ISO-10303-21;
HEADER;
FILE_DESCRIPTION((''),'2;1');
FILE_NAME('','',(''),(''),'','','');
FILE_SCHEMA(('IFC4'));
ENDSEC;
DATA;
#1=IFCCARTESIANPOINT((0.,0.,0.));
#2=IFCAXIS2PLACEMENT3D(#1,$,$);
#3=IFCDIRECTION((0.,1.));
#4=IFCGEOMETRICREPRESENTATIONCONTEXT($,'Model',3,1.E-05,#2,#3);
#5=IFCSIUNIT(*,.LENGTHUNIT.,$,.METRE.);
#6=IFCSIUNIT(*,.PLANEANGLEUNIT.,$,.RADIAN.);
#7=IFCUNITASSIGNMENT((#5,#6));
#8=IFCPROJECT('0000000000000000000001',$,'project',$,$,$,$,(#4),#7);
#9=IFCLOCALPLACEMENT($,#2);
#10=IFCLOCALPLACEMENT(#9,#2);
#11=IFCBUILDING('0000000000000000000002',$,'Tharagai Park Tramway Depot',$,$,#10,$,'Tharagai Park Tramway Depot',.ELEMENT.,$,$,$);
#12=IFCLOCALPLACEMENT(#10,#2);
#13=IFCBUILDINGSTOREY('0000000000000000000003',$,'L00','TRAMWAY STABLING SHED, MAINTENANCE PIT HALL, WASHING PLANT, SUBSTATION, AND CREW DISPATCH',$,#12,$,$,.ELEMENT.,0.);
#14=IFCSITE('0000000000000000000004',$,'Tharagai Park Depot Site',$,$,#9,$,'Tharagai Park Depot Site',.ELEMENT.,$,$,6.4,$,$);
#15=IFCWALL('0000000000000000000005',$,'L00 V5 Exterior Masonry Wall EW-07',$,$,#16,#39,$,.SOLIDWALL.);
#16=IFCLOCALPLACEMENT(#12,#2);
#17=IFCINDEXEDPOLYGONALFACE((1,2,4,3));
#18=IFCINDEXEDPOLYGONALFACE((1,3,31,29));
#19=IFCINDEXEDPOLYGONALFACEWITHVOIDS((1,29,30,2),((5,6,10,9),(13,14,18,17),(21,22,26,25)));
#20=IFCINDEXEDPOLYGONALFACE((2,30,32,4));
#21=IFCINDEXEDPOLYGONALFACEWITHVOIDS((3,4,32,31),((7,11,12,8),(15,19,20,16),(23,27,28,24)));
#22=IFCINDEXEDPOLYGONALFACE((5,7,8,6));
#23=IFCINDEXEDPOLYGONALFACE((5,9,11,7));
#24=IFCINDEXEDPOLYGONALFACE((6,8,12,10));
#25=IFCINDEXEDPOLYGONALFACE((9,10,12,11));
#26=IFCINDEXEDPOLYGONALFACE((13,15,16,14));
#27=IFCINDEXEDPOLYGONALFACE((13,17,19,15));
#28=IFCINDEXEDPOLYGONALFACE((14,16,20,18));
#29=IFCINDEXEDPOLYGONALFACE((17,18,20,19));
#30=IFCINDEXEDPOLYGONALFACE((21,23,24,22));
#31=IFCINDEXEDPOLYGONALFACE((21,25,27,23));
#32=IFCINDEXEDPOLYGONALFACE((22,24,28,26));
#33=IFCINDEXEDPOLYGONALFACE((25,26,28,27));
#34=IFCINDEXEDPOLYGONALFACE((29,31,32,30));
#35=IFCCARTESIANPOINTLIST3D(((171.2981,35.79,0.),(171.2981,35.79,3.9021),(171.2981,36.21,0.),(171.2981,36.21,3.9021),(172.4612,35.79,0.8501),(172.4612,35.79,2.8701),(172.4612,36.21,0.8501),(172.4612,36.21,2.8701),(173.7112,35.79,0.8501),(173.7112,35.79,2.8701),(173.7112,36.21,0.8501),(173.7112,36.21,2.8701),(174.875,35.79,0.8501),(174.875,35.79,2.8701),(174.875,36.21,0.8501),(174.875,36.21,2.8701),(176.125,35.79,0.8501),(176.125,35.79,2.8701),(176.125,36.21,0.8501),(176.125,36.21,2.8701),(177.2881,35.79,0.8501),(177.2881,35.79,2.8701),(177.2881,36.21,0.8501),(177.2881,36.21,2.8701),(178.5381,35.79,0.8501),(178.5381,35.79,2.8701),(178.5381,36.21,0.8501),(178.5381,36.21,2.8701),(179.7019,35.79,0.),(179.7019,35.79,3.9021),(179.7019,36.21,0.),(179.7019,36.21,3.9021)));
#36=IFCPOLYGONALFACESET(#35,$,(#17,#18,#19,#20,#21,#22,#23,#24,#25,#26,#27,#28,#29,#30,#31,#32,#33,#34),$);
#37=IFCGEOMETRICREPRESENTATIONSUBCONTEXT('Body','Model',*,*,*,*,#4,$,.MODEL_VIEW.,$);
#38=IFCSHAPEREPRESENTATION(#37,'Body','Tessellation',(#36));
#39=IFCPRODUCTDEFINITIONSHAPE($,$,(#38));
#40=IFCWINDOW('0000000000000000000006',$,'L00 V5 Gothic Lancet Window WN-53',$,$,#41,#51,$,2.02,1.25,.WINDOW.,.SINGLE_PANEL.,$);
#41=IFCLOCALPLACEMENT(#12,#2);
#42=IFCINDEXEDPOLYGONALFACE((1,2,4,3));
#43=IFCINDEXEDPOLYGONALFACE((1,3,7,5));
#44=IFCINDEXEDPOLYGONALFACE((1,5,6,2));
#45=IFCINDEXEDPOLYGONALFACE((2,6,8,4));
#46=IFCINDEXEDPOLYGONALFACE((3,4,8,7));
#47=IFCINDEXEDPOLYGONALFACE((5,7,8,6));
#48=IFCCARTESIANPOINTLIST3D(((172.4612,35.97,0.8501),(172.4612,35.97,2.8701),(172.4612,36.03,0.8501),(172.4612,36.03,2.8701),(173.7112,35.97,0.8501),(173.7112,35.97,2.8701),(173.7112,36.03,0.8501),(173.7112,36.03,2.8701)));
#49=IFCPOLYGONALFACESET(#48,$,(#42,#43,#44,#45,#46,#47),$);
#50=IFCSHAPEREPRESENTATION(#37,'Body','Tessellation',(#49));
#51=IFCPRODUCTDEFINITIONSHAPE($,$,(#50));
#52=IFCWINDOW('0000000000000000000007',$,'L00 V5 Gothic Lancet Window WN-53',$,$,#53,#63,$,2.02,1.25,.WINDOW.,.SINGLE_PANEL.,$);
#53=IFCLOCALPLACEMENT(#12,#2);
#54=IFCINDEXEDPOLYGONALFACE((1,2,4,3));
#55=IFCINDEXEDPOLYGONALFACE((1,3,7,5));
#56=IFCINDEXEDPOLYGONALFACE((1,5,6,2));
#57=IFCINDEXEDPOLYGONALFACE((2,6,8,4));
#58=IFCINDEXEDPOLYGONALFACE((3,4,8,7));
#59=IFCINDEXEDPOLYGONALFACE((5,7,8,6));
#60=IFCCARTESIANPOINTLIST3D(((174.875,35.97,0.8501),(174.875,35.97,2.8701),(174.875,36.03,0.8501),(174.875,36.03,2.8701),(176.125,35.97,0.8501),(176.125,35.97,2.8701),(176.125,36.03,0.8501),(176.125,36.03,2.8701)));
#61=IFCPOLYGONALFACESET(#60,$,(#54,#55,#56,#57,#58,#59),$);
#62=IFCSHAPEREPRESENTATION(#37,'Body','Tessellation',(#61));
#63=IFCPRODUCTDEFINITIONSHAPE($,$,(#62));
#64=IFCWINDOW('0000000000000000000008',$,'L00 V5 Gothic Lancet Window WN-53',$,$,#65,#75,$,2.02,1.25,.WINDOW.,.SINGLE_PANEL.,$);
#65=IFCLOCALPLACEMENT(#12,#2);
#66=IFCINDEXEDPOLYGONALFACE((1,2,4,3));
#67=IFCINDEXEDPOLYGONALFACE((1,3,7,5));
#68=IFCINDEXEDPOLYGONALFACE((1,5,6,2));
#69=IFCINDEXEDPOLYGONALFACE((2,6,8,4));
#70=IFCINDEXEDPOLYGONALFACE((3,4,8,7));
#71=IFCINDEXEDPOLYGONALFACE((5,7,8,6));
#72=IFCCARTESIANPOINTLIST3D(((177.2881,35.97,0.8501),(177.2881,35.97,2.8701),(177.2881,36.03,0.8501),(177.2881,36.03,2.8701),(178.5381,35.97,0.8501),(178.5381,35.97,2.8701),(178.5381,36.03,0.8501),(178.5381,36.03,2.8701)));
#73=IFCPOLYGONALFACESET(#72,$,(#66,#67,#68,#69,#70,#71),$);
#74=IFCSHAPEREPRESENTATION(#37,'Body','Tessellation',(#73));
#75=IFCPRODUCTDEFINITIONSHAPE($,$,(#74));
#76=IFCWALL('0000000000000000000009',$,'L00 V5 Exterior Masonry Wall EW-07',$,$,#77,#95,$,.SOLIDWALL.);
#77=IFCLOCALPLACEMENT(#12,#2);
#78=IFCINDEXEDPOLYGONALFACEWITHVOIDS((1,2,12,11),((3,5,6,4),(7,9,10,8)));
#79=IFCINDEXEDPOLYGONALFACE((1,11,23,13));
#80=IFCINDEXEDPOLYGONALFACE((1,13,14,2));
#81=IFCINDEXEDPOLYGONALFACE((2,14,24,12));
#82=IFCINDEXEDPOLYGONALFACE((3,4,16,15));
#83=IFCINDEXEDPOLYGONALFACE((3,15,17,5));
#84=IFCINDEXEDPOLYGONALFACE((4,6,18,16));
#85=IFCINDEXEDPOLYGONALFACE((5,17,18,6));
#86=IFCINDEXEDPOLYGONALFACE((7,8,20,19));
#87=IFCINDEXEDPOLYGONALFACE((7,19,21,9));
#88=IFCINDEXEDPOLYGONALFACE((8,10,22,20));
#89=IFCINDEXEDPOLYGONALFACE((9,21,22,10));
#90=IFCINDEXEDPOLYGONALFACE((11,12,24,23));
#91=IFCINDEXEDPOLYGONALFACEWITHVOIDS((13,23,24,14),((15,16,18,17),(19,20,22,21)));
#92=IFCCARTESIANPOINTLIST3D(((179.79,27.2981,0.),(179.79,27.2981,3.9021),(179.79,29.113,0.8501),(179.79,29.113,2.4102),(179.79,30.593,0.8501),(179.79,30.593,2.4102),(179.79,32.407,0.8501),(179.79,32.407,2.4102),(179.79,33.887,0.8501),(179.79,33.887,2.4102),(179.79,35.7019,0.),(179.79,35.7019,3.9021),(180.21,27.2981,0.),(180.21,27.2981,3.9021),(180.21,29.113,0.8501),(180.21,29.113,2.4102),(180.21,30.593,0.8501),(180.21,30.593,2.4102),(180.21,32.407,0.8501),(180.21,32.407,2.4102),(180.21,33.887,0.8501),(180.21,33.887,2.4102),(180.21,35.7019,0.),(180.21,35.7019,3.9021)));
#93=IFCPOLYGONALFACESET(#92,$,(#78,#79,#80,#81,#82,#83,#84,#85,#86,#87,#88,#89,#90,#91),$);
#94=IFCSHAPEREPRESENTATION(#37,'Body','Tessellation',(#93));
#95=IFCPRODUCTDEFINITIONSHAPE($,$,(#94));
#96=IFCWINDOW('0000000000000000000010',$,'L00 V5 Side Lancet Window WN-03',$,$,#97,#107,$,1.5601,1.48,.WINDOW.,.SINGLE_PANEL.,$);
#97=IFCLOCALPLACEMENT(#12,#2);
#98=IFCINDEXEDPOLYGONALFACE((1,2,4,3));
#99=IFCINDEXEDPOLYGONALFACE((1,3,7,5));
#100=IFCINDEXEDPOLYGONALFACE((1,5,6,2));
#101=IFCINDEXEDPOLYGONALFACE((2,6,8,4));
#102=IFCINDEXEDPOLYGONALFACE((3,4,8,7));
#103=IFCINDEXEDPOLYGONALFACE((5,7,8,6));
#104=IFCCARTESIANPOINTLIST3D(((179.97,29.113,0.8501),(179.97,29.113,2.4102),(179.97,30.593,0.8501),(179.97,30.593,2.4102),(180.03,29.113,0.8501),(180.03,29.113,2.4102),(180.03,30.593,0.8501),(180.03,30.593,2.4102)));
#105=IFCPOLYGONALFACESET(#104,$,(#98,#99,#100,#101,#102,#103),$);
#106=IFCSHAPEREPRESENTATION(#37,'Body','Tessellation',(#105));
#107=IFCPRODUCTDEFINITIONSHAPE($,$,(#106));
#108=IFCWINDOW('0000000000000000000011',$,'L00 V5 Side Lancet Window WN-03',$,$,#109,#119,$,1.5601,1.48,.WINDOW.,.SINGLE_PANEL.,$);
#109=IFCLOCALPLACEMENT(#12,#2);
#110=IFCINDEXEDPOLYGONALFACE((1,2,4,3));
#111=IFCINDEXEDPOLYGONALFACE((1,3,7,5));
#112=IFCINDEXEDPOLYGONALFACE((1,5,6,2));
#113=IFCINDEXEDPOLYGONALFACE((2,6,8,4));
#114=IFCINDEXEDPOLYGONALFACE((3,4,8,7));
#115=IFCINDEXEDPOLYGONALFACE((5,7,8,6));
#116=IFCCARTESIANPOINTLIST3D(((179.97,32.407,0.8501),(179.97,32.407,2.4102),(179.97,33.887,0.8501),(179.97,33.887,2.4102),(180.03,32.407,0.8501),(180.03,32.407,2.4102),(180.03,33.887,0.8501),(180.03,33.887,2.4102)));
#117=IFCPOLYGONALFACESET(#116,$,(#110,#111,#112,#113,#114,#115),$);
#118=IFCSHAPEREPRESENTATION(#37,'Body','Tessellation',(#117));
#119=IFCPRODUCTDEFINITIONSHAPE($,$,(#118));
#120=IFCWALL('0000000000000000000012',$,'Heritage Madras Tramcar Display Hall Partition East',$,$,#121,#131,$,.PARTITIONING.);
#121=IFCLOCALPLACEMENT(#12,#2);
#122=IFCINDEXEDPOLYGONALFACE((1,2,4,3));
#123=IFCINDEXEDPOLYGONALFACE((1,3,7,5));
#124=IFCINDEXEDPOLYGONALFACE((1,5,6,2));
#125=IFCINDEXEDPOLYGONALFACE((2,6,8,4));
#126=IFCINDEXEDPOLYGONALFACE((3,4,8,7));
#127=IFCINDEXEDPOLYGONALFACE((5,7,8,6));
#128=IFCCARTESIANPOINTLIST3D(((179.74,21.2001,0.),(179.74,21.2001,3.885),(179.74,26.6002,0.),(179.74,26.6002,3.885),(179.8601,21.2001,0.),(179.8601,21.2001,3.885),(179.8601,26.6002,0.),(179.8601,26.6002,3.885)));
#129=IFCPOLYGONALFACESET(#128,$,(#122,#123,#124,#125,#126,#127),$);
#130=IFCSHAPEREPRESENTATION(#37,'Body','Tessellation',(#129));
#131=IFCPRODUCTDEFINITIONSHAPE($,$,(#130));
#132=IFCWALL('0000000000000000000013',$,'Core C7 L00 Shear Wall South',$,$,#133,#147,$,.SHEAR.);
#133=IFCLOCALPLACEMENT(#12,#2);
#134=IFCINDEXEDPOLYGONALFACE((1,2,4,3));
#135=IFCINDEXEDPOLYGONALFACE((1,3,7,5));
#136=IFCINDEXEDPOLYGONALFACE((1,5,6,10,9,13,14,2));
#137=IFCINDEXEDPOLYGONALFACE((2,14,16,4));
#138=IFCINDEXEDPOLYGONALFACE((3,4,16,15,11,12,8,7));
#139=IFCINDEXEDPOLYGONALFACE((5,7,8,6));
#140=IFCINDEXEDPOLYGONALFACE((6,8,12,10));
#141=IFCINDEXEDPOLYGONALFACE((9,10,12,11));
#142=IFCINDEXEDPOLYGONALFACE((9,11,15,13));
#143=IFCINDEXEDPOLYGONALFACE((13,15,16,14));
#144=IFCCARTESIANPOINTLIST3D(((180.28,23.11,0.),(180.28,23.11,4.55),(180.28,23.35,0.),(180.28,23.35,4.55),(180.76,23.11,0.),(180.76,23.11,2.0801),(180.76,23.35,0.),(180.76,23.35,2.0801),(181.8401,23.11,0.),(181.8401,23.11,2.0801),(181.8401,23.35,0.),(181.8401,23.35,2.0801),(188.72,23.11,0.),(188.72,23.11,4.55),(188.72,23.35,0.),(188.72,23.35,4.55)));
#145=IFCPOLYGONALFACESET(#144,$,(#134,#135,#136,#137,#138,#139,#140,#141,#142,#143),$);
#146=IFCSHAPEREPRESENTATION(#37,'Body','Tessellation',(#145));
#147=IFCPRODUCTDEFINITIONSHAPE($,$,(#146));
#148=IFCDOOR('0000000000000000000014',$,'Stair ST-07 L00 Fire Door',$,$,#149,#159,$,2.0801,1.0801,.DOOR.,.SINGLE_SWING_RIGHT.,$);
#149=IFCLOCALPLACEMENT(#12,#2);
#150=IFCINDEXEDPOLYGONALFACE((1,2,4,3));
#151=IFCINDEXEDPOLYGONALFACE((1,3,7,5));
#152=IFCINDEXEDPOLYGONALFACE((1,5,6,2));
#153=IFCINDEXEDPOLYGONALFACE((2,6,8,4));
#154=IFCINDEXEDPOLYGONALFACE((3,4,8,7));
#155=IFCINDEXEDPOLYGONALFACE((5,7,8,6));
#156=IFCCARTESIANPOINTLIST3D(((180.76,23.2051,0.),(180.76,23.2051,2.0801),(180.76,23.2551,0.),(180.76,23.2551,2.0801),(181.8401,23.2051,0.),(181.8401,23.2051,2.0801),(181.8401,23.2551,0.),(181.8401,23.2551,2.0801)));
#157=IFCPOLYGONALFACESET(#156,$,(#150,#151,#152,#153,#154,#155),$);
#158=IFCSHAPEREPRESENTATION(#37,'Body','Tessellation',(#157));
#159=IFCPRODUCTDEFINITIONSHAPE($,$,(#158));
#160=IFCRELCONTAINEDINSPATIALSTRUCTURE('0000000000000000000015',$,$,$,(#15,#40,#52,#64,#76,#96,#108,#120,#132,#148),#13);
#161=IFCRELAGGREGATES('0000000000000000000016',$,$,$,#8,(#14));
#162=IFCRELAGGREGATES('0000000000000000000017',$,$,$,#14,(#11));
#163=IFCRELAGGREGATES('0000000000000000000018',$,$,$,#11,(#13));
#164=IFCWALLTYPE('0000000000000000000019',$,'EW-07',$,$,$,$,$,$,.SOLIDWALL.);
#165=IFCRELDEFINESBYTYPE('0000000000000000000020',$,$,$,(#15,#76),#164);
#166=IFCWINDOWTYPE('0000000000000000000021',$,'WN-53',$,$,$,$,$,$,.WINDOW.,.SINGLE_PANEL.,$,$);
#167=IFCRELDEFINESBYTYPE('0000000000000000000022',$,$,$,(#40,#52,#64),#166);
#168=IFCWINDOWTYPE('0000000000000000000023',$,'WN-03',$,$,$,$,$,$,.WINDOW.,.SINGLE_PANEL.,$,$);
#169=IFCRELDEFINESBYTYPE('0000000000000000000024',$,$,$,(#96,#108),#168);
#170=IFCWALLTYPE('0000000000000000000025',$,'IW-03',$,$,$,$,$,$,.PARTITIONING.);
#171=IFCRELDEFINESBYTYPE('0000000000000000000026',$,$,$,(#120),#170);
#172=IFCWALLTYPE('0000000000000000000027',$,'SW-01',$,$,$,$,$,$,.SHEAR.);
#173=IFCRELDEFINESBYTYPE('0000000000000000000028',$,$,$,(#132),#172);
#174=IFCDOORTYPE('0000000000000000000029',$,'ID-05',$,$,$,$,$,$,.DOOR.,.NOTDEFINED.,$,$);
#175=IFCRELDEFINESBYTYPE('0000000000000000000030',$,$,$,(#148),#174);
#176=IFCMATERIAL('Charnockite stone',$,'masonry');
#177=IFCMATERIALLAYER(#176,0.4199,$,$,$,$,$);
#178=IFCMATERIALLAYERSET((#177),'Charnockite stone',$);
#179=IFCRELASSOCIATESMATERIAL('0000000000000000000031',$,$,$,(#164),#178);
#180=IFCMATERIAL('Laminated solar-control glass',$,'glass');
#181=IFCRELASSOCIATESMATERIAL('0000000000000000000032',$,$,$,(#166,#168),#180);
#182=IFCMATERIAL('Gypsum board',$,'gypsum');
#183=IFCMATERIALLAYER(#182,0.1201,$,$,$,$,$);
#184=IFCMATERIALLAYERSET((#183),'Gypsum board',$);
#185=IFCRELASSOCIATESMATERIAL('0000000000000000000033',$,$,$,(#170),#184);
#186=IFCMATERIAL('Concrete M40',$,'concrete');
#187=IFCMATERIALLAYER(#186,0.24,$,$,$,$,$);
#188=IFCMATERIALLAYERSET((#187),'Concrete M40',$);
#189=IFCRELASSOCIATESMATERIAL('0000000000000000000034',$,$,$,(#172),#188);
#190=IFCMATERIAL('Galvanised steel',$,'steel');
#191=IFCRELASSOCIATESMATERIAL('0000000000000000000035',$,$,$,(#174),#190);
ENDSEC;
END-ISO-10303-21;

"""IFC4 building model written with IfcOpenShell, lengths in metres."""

from ifc_helpers import new_model, si_unit, direction, frame, frame_2d, origin, place, context, subcontext, project, spatial, rectangle, extrude, material, layer, layer_set, type_object, element, fill, save


model = new_model("IFC4")

# Units and contexts
model_context = context("Model", 3, precision=1e-05, world=origin(), true_north=direction((0.0, 1.0)))
body_context = subcontext(model_context, "Body", "Model", "MODEL_VIEW")
ifc_project = project(units=[si_unit("LENGTHUNIT", "METRE"), si_unit("PLANEANGLEUNIT", "RADIAN")], contexts=[model_context])

# Site, building, storey
site_placement = place(None, origin())
site = spatial("IfcSite", under=ifc_project, at=site_placement, Name="Tharagai Park Depot Site", LongName="Tharagai Park Depot Site", CompositionType="ELEMENT", RefElevation=6.4)
building_placement = place(site_placement, origin())
building = spatial("IfcBuilding", under=site, at=building_placement, Name="Tharagai Park Tramway Depot", LongName="Tharagai Park Tramway Depot", CompositionType="ELEMENT")
storey_placement = place(building_placement, origin())
storey = spatial("IfcBuildingStorey", under=building, at=storey_placement, Name="L00", Description="TRAMWAY STABLING SHED, MAINTENANCE PIT HALL, WASHING PLANT, SUBSTATION, AND CREW DISPATCH", CompositionType="ELEMENT", Elevation=0.0)

# Shared definitions
ifc_material_1 = material(Name="Concrete M40", Category="concrete")

# Shared definitions
ifc_material_2 = material(Name="Charnockite stone", Category="masonry")
ifc_layer_1 = layer(ifc_material_2, 0.4199)
ifc_layer_set_1 = layer_set([ifc_layer_1], Name="Charnockite stone")
wall_type_1 = type_object("IfcWallType", Name="EW-07", PredefinedType="SOLIDWALL", material=ifc_layer_set_1)

# Walls, openings, windows
wall_1_placement = place(storey_placement, frame((171.2981, 36.0, 0.0), z_axis=(0.0, 0.0, 1.0), x_axis=(1.0, 0.0, 0.0)))
wall_1 = element("IfcWall", 1, at=wall_1_placement, inside=storey, type_object=wall_type_1, Name="L00 V5 Exterior Masonry Wall EW-07", PredefinedType="SOLIDWALL", context=body_context, shape_type="SweptSolid", body=[
    extrude(rectangle(XDim=8.4038, YDim=0.4199, at=frame_2d((4.2019, 0.0))), origin(), (0.0, 0.0, 1.0), 3.9021),
])
opening_1_placement = place(wall_1_placement, frame((1.1631, 0.0, 0.8501)))
opening_1 = element("IfcOpeningElement", 2, at=opening_1_placement, cuts=wall_1, PredefinedType="OPENING", context=body_context, shape_type="SweptSolid", body=[
    extrude(rectangle(XDim=1.25, YDim=2.02, at=frame_2d((0.625, 1.01))), frame((0.0, 0.22, 0.0), z_axis=(0.0, -1.0, 0.0), x_axis=(1.0, 0.0, 0.0)), (0.0, 0.0, 1.0), 0.4399),
])
opening_2_placement = place(wall_1_placement, frame((3.5769, 0.0, 0.8501)))
opening_2 = element("IfcOpeningElement", 3, at=opening_2_placement, cuts=wall_1, PredefinedType="OPENING", context=body_context, shape_type="SweptSolid", body=[
    extrude(rectangle(XDim=1.25, YDim=2.02, at=frame_2d((0.625, 1.01))), frame((0.0, 0.22, 0.0), z_axis=(0.0, -1.0, 0.0), x_axis=(1.0, 0.0, 0.0)), (0.0, 0.0, 1.0), 0.4399),
])
opening_3_placement = place(wall_1_placement, frame((5.99, 0.0, 0.8501)))
opening_3 = element("IfcOpeningElement", 4, at=opening_3_placement, cuts=wall_1, PredefinedType="OPENING", context=body_context, shape_type="SweptSolid", body=[
    extrude(rectangle(XDim=1.25, YDim=2.02, at=frame_2d((0.625, 1.01))), frame((0.0, 0.22, 0.0), z_axis=(0.0, -1.0, 0.0), x_axis=(1.0, 0.0, 0.0)), (0.0, 0.0, 1.0), 0.4399),
])
ifc_material_3 = material(Name="Laminated solar-control glass", Category="glass")
window_type_1 = type_object("IfcWindowType", Name="WN-53", PartitioningType="SINGLE_PANEL", PredefinedType="WINDOW", material=ifc_material_3)
window_1_placement = place(opening_1_placement, origin())
window_1 = element("IfcWindow", 5, at=window_1_placement, inside=storey, type_object=window_type_1, Name="L00 V5 Gothic Lancet Window WN-53", OverallHeight=2.02, OverallWidth=1.25, PartitioningType="SINGLE_PANEL", PredefinedType="WINDOW", context=body_context, shape_type="SweptSolid", body=[
    extrude(rectangle(XDim=1.25, YDim=2.02, at=frame_2d((0.625, 1.01))), frame((0.0, 0.03, 0.0), z_axis=(0.0, -1.0, 0.0), x_axis=(1.0, 0.0, 0.0)), (0.0, 0.0, 1.0), 0.0601),
])
fill(opening_1, window_1)
window_2_placement = place(opening_2_placement, origin())
window_2 = element("IfcWindow", 6, at=window_2_placement, inside=storey, type_object=window_type_1, Name="L00 V5 Gothic Lancet Window WN-53", OverallHeight=2.02, OverallWidth=1.25, PartitioningType="SINGLE_PANEL", PredefinedType="WINDOW", context=body_context, shape_type="SweptSolid", body=[
    extrude(rectangle(XDim=1.25, YDim=2.02, at=frame_2d((0.625, 1.01))), frame((0.0, 0.03, 0.0), z_axis=(0.0, -1.0, 0.0), x_axis=(1.0, 0.0, 0.0)), (0.0, 0.0, 1.0), 0.0601),
])
fill(opening_2, window_2)
window_3_placement = place(opening_3_placement, origin())
window_3 = element("IfcWindow", 7, at=window_3_placement, inside=storey, type_object=window_type_1, Name="L00 V5 Gothic Lancet Window WN-53", OverallHeight=2.02, OverallWidth=1.25, PartitioningType="SINGLE_PANEL", PredefinedType="WINDOW", context=body_context, shape_type="SweptSolid", body=[
    extrude(rectangle(XDim=1.25, YDim=2.02, at=frame_2d((0.625, 1.01))), frame((0.0, 0.03, 0.0), z_axis=(0.0, -1.0, 0.0), x_axis=(1.0, 0.0, 0.0)), (0.0, 0.0, 1.0), 0.0601),
])
fill(opening_3, window_3)
wall_2_placement = place(storey_placement, frame((180.0, 27.2981, 0.0), z_axis=(0.0, 0.0, 1.0), x_axis=(0.0, 1.0, 0.0)))
wall_2 = element("IfcWall", 8, at=wall_2_placement, inside=storey, type_object=wall_type_1, Name="L00 V5 Exterior Masonry Wall EW-07", PredefinedType="SOLIDWALL", context=body_context, shape_type="SweptSolid", body=[
    extrude(rectangle(XDim=8.4038, YDim=0.4199, at=frame_2d((4.2019, 0.0))), origin(), (0.0, 0.0, 1.0), 3.9021),
])
opening_4_placement = place(wall_2_placement, frame((1.8149, 0.0, 0.8501)))
opening_4 = element("IfcOpeningElement", 9, at=opening_4_placement, cuts=wall_2, PredefinedType="OPENING", context=body_context, shape_type="SweptSolid", body=[
    extrude(rectangle(XDim=1.48, YDim=1.5601, at=frame_2d((0.74, 0.78))), frame((0.0, 0.22, 0.0), z_axis=(0.0, -1.0, 0.0), x_axis=(1.0, 0.0, 0.0)), (0.0, 0.0, 1.0), 0.4399),
])
opening_5_placement = place(wall_2_placement, frame((5.1089, 0.0, 0.8501)))
opening_5 = element("IfcOpeningElement", 10, at=opening_5_placement, cuts=wall_2, PredefinedType="OPENING", context=body_context, shape_type="SweptSolid", body=[
    extrude(rectangle(XDim=1.48, YDim=1.5601, at=frame_2d((0.74, 0.78))), frame((0.0, 0.22, 0.0), z_axis=(0.0, -1.0, 0.0), x_axis=(1.0, 0.0, 0.0)), (0.0, 0.0, 1.0), 0.4399),
])
window_type_2 = type_object("IfcWindowType", Name="WN-03", PartitioningType="SINGLE_PANEL", PredefinedType="WINDOW", material=ifc_material_3)
window_4_placement = place(opening_4_placement, origin())
window_4 = element("IfcWindow", 11, at=window_4_placement, inside=storey, type_object=window_type_2, Name="L00 V5 Side Lancet Window WN-03", OverallHeight=1.5601, OverallWidth=1.48, PartitioningType="SINGLE_PANEL", PredefinedType="WINDOW", context=body_context, shape_type="SweptSolid", body=[
    extrude(rectangle(XDim=1.48, YDim=1.5601, at=frame_2d((0.74, 0.78))), frame((0.0, 0.03, 0.0), z_axis=(0.0, -1.0, 0.0), x_axis=(1.0, 0.0, 0.0)), (0.0, 0.0, 1.0), 0.0601),
])
fill(opening_4, window_4)
window_5_placement = place(opening_5_placement, origin())
window_5 = element("IfcWindow", 12, at=window_5_placement, inside=storey, type_object=window_type_2, Name="L00 V5 Side Lancet Window WN-03", OverallHeight=1.5601, OverallWidth=1.48, PartitioningType="SINGLE_PANEL", PredefinedType="WINDOW", context=body_context, shape_type="SweptSolid", body=[
    extrude(rectangle(XDim=1.48, YDim=1.5601, at=frame_2d((0.74, 0.78))), frame((0.0, 0.03, 0.0), z_axis=(0.0, -1.0, 0.0), x_axis=(1.0, 0.0, 0.0)), (0.0, 0.0, 1.0), 0.0601),
])
fill(opening_5, window_5)

# Wall
ifc_material_4 = material(Name="Gypsum board", Category="gypsum")
ifc_layer_2 = layer(ifc_material_4, 0.1201)
ifc_layer_set_2 = layer_set([ifc_layer_2], Name="Gypsum board")
wall_type_2 = type_object("IfcWallType", Name="IW-03", PredefinedType="PARTITIONING", material=ifc_layer_set_2)
wall_3_placement = place(storey_placement, frame((179.8, 21.2, 0.0), z_axis=(0.0, 0.0, 1.0), x_axis=(0.0, 1.0, 0.0)))
element("IfcWall", 13, at=wall_3_placement, inside=storey, type_object=wall_type_2, Name="Heritage Madras Tramcar Display Hall Partition East", PredefinedType="PARTITIONING", context=body_context, shape_type="SweptSolid", body=[
    extrude(rectangle(XDim=5.4001, YDim=0.1201, at=frame_2d((2.7002, 0.0))), origin(), (0.0, 0.0, 1.0), 3.885),
])

# Wall, opening, door
ifc_layer_3 = layer(ifc_material_1, 0.24)
ifc_layer_set_3 = layer_set([ifc_layer_3], Name="Concrete M40")
wall_type_3 = type_object("IfcWallType", Name="SW-01", PredefinedType="SHEAR", material=ifc_layer_set_3)
wall_4_placement = place(storey_placement, frame((180.28, 23.23, 0.0), z_axis=(0.0, 0.0, 1.0), x_axis=(1.0, 0.0, 0.0)))
wall_4 = element("IfcWall", 14, at=wall_4_placement, inside=storey, type_object=wall_type_3, Name="Core C7 L00 Shear Wall South", PredefinedType="SHEAR", context=body_context, shape_type="SweptSolid", body=[
    extrude(rectangle(XDim=8.4399, YDim=0.24, at=frame_2d((4.22, 0.0))), origin(), (0.0, 0.0, 1.0), 4.55),
])
opening_6_placement = place(wall_4_placement, frame((0.48, 0.0, 0.0)))
opening_6 = element("IfcOpeningElement", 15, at=opening_6_placement, cuts=wall_4, PredefinedType="OPENING", context=body_context, shape_type="SweptSolid", body=[
    extrude(rectangle(XDim=1.0801, YDim=2.0801, at=frame_2d((0.54, 1.04))), frame((0.0, 0.1299, 0.0), z_axis=(0.0, -1.0, 0.0), x_axis=(1.0, 0.0, 0.0)), (0.0, 0.0, 1.0), 0.26),
])
ifc_material_5 = material(Name="Galvanised steel", Category="steel")
door_type_1 = type_object("IfcDoorType", Name="ID-05", OperationType="NOTDEFINED", PredefinedType="DOOR", material=ifc_material_5)
door_1_placement = place(opening_6_placement, frame((1.0801, 0.0, 0.0), z_axis=(0.0, 0.0, 1.0), x_axis=(-1.0, 0.0, 0.0)))
door_1 = element("IfcDoor", 16, at=door_1_placement, inside=storey, type_object=door_type_1, Name="Stair ST-07 L00 Fire Door", OperationType="SINGLE_SWING_RIGHT", OverallHeight=2.0801, OverallWidth=1.0801, PredefinedType="DOOR", context=body_context, shape_type="SweptSolid", body=[
    extrude(rectangle(XDim=1.0801, YDim=2.0801, at=frame_2d((0.54, 1.04))), frame((0.0, 0.0249, 0.0), z_axis=(0.0, -1.0, 0.0), x_axis=(1.0, 0.0, 0.0)), (0.0, 0.0, 1.0), 0.05),
])
fill(opening_6, door_1)

save(model, "model.ifc")
